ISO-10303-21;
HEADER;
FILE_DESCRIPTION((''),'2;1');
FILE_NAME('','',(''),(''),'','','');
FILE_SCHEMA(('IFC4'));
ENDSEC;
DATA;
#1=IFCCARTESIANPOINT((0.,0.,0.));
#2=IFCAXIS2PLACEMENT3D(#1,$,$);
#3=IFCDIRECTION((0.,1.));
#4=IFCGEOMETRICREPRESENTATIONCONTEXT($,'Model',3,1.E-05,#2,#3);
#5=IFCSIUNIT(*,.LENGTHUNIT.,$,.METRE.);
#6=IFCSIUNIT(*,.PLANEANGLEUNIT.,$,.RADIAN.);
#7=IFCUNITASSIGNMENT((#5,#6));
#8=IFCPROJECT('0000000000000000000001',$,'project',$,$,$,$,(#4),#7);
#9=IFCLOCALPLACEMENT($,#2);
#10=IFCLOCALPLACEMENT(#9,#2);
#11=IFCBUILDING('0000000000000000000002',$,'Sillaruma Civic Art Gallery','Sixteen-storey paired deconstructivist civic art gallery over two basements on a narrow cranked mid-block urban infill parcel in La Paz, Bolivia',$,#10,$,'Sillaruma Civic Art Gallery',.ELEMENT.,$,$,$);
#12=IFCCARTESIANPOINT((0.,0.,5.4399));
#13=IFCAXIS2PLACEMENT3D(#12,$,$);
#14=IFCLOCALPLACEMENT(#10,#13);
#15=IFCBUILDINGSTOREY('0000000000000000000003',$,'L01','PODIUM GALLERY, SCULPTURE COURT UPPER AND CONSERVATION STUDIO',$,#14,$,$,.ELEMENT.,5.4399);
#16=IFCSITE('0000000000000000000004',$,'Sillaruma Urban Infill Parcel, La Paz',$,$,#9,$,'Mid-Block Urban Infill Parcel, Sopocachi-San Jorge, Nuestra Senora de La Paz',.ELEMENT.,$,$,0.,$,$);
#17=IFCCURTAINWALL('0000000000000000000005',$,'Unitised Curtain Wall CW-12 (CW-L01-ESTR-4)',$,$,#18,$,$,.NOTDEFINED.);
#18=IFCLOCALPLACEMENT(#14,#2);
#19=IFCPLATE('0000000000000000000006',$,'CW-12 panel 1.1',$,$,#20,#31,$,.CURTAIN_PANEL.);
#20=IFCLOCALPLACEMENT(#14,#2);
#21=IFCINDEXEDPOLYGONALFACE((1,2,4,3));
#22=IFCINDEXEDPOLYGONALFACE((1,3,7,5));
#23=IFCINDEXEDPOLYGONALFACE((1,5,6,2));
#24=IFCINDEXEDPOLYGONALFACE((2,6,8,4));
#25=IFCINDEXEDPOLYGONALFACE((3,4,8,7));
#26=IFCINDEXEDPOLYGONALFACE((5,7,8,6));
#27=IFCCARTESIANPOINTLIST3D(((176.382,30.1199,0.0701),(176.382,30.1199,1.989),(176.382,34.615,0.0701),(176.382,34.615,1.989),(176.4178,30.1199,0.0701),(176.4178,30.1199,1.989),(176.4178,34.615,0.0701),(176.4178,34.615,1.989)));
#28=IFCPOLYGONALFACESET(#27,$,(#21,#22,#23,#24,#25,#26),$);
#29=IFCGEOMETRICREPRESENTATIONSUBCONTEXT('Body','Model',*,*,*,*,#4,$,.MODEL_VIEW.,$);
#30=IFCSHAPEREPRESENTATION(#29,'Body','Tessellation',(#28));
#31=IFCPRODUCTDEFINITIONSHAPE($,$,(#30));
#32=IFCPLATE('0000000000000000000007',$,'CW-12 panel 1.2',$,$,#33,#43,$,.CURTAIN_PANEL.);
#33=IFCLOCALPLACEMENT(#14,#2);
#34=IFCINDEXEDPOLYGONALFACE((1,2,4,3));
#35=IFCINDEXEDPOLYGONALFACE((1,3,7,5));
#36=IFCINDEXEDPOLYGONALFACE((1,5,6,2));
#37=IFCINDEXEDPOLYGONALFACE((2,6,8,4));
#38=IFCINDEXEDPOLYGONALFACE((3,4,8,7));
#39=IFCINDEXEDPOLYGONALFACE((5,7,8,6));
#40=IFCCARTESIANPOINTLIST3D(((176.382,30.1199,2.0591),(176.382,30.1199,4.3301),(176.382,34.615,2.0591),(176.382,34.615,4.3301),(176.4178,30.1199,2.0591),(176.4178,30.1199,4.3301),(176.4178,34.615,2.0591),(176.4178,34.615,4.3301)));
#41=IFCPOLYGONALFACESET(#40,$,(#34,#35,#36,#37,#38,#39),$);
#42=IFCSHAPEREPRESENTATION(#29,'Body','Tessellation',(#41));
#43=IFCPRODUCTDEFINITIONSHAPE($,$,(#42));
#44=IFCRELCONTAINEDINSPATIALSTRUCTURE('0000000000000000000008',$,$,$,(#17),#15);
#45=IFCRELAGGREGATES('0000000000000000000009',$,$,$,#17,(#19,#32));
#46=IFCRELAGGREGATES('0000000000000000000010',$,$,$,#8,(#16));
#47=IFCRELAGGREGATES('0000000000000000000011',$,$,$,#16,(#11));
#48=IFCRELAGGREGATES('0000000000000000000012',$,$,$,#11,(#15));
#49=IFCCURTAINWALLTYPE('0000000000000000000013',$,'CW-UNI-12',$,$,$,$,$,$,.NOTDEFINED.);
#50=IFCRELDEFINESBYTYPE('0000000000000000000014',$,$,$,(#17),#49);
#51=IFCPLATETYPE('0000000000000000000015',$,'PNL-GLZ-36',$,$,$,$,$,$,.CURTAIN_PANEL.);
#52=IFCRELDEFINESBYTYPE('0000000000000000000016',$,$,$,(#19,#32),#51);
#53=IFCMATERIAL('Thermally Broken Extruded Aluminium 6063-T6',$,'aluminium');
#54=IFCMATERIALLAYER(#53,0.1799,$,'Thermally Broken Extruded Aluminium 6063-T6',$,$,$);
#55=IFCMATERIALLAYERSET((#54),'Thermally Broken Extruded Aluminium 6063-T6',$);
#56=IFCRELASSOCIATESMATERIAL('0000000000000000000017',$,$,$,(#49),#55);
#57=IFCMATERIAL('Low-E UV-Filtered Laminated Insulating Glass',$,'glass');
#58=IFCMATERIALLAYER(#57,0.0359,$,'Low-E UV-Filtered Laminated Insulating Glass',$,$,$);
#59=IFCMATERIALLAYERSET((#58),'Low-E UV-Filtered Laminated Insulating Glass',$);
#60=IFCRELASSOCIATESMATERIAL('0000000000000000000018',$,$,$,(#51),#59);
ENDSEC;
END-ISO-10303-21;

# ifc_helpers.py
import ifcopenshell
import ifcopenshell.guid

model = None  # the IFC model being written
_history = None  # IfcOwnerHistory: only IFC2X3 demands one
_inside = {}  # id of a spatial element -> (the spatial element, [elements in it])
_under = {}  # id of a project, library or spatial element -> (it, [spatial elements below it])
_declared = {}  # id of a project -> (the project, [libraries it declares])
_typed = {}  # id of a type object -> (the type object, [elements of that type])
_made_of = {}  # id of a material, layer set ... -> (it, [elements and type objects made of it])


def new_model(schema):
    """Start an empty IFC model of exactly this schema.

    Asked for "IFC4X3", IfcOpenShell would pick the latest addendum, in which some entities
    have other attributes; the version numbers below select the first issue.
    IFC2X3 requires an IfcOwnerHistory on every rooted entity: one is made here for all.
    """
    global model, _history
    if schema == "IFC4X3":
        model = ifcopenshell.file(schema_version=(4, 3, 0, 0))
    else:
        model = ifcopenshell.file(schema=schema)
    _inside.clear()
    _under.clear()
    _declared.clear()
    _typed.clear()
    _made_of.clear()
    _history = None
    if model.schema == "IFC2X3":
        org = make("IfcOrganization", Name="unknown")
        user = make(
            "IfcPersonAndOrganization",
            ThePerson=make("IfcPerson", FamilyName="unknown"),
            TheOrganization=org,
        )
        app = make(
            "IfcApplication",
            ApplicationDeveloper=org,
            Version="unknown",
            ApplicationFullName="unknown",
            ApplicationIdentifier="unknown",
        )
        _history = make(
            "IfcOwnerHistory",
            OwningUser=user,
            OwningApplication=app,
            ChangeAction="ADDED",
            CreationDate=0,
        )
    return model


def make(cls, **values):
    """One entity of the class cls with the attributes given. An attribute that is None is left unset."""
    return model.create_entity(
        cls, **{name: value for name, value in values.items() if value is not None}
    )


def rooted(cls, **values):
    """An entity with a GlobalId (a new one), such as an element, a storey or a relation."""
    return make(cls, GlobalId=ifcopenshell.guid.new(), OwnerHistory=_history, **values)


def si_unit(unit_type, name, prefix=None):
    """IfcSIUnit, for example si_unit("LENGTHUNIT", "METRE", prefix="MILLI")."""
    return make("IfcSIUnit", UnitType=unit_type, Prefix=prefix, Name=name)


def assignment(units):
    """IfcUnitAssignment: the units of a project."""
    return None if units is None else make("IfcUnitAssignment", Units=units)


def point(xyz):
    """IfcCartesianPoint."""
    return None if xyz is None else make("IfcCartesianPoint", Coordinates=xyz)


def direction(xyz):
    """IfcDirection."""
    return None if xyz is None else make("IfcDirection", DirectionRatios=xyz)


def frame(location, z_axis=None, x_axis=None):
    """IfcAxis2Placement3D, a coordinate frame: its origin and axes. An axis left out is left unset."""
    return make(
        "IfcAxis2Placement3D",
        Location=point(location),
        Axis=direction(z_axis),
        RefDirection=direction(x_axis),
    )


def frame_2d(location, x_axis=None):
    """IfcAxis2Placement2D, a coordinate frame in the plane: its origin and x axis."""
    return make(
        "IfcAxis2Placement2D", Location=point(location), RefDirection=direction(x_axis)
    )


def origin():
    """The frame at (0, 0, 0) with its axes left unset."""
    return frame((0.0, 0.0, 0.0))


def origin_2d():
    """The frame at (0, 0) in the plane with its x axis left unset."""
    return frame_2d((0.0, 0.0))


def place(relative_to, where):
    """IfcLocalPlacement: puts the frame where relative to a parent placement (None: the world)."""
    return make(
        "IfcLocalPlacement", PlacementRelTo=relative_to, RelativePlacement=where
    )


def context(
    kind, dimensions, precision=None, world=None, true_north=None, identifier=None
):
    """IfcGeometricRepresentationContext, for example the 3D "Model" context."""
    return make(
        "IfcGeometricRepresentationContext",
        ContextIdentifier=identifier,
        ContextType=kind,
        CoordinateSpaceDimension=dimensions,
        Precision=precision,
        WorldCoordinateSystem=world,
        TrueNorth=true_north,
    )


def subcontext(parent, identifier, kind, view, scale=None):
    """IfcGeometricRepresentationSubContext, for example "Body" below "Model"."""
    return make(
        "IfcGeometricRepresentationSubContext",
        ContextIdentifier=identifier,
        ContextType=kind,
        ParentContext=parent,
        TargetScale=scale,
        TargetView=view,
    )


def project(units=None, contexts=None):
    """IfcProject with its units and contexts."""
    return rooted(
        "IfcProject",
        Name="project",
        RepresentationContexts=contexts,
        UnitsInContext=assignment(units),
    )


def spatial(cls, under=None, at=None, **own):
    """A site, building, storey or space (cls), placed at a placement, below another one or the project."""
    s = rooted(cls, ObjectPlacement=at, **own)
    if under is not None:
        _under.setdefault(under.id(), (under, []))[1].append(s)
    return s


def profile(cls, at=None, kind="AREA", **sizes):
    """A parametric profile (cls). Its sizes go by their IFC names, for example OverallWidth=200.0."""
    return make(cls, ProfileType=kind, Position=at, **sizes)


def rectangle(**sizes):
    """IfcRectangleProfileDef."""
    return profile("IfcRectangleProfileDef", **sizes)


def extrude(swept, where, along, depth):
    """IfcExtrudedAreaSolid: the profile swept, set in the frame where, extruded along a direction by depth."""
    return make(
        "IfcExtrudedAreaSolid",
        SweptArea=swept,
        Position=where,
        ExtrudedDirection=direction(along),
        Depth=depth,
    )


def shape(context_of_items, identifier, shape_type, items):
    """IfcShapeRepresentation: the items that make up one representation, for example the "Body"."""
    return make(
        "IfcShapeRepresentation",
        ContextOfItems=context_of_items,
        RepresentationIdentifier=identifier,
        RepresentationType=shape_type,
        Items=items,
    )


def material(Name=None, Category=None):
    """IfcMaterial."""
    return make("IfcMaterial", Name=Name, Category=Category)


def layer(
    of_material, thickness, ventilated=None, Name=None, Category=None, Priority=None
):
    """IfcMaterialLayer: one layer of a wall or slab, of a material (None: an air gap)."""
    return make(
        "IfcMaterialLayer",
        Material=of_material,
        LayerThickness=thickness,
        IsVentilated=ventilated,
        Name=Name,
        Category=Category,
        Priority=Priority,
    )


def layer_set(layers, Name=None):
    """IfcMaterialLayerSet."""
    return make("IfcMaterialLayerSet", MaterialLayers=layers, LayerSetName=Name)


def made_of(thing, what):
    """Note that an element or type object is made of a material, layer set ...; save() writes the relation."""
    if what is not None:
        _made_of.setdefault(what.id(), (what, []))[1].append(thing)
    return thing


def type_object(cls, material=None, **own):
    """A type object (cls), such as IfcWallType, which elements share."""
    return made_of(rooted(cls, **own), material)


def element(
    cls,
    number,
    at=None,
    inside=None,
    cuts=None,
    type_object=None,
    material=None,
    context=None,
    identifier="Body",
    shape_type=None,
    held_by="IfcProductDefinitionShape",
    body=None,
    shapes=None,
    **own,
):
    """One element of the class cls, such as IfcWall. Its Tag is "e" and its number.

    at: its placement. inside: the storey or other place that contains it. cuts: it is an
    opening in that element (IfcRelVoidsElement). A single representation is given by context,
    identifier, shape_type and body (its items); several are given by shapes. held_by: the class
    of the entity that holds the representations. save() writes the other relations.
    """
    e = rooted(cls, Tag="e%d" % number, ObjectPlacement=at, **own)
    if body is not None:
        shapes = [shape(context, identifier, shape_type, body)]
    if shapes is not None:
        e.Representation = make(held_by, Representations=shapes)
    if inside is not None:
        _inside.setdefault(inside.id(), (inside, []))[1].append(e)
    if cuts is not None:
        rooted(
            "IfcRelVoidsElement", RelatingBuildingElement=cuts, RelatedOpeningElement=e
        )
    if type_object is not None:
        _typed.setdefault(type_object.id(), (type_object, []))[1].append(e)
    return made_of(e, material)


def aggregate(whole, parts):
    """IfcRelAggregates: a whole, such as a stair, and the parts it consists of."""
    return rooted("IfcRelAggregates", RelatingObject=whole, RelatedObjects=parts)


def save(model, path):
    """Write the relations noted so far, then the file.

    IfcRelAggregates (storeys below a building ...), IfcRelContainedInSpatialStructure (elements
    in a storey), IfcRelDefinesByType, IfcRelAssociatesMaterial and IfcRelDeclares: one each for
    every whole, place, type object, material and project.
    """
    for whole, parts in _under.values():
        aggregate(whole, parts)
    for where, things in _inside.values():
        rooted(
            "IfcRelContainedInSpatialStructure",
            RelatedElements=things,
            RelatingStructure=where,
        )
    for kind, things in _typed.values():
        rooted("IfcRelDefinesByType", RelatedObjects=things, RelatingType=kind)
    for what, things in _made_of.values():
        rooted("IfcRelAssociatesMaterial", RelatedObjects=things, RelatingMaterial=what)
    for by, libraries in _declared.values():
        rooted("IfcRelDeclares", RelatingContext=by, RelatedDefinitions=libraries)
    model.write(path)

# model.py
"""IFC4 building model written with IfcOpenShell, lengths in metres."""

from ifc_helpers import new_model, si_unit, direction, frame, origin, origin_2d, place, context, subcontext, project, spatial, rectangle, extrude, material, layer, layer_set, type_object, element, aggregate, save


model = new_model("IFC4")

# Units and contexts
model_context = context("Model", 3, precision=1e-05, world=origin(), true_north=direction((0.0, 1.0)))
body_context = subcontext(model_context, "Body", "Model", "MODEL_VIEW")
ifc_project = project(units=[si_unit("LENGTHUNIT", "METRE"), si_unit("PLANEANGLEUNIT", "RADIAN")], contexts=[model_context])

# Site, building, storey
site_placement = place(None, origin())
site = spatial("IfcSite", under=ifc_project, at=site_placement, Name="Sillaruma Urban Infill Parcel, La Paz", LongName="Mid-Block Urban Infill Parcel, Sopocachi-San Jorge, Nuestra Senora de La Paz", CompositionType="ELEMENT", RefElevation=0.0)
building_placement = place(site_placement, origin())
building = spatial("IfcBuilding", under=site, at=building_placement, Name="Sillaruma Civic Art Gallery", Description="Sixteen-storey paired deconstructivist civic art gallery over two basements on a narrow cranked mid-block urban infill parcel in La Paz, Bolivia", LongName="Sillaruma Civic Art Gallery", CompositionType="ELEMENT")
storey_placement = place(building_placement, frame((0.0, 0.0, 5.4399)))
storey = spatial("IfcBuildingStorey", under=building, at=storey_placement, Name="L01", Description="PODIUM GALLERY, SCULPTURE COURT UPPER AND CONSERVATION STUDIO", CompositionType="ELEMENT", Elevation=5.4399)

# Curtain wall
ifc_material_1 = material(Name="Thermally Broken Extruded Aluminium 6063-T6", Category="aluminium")
ifc_layer_1 = layer(ifc_material_1, 0.1799, Name="Thermally Broken Extruded Aluminium 6063-T6")
ifc_layer_set_1 = layer_set([ifc_layer_1], Name="Thermally Broken Extruded Aluminium 6063-T6")
curtain_wall_type_1 = type_object("IfcCurtainWallType", Name="CW-UNI-12", PredefinedType="NOTDEFINED", material=ifc_layer_set_1)
curtain_wall_1_placement = place(storey_placement, origin())
curtain_wall_1 = element("IfcCurtainWall", 1, at=curtain_wall_1_placement, inside=storey, type_object=curtain_wall_type_1, Name="Unitised Curtain Wall CW-12 (CW-L01-ESTR-4)", PredefinedType="NOTDEFINED")

# Plates
ifc_material_2 = material(Name="Low-E UV-Filtered Laminated Insulating Glass", Category="glass")
ifc_layer_2 = layer(ifc_material_2, 0.0359, Name="Low-E UV-Filtered Laminated Insulating Glass")
ifc_layer_set_2 = layer_set([ifc_layer_2], Name="Low-E UV-Filtered Laminated Insulating Glass")
plate_type_1 = type_object("IfcPlateType", Name="PNL-GLZ-36", PredefinedType="CURTAIN_PANEL", material=ifc_layer_set_2)
plate_1_placement = place(storey_placement, frame((176.3999, 32.3674, 0.0701), z_axis=(0.0, 0.0, 1.0), x_axis=(0.0, 1.0, 0.0)))
plate_1 = element("IfcPlate", 2, at=plate_1_placement, type_object=plate_type_1, Name="CW-12 panel 1.1", PredefinedType="CURTAIN_PANEL", context=body_context, shape_type="SweptSolid", body=[
    extrude(rectangle(XDim=4.4951, YDim=0.0359, at=origin_2d()), origin(), (0.0, 0.0, 1.0), 1.9189),
])
plate_2_placement = place(storey_placement, frame((176.3999, 32.3674, 2.0591), z_axis=(0.0, 0.0, 1.0), x_axis=(0.0, 1.0, 0.0)))
plate_2 = element("IfcPlate", 3, at=plate_2_placement, type_object=plate_type_1, Name="CW-12 panel 1.2", PredefinedType="CURTAIN_PANEL", context=body_context, shape_type="SweptSolid", body=[
    extrude(rectangle(XDim=4.4951, YDim=0.0359, at=origin_2d()), origin(), (0.0, 0.0, 1.0), 2.271),
])
aggregate(curtain_wall_1, [plate_1, plate_2])

save(model, "model.ifc")
